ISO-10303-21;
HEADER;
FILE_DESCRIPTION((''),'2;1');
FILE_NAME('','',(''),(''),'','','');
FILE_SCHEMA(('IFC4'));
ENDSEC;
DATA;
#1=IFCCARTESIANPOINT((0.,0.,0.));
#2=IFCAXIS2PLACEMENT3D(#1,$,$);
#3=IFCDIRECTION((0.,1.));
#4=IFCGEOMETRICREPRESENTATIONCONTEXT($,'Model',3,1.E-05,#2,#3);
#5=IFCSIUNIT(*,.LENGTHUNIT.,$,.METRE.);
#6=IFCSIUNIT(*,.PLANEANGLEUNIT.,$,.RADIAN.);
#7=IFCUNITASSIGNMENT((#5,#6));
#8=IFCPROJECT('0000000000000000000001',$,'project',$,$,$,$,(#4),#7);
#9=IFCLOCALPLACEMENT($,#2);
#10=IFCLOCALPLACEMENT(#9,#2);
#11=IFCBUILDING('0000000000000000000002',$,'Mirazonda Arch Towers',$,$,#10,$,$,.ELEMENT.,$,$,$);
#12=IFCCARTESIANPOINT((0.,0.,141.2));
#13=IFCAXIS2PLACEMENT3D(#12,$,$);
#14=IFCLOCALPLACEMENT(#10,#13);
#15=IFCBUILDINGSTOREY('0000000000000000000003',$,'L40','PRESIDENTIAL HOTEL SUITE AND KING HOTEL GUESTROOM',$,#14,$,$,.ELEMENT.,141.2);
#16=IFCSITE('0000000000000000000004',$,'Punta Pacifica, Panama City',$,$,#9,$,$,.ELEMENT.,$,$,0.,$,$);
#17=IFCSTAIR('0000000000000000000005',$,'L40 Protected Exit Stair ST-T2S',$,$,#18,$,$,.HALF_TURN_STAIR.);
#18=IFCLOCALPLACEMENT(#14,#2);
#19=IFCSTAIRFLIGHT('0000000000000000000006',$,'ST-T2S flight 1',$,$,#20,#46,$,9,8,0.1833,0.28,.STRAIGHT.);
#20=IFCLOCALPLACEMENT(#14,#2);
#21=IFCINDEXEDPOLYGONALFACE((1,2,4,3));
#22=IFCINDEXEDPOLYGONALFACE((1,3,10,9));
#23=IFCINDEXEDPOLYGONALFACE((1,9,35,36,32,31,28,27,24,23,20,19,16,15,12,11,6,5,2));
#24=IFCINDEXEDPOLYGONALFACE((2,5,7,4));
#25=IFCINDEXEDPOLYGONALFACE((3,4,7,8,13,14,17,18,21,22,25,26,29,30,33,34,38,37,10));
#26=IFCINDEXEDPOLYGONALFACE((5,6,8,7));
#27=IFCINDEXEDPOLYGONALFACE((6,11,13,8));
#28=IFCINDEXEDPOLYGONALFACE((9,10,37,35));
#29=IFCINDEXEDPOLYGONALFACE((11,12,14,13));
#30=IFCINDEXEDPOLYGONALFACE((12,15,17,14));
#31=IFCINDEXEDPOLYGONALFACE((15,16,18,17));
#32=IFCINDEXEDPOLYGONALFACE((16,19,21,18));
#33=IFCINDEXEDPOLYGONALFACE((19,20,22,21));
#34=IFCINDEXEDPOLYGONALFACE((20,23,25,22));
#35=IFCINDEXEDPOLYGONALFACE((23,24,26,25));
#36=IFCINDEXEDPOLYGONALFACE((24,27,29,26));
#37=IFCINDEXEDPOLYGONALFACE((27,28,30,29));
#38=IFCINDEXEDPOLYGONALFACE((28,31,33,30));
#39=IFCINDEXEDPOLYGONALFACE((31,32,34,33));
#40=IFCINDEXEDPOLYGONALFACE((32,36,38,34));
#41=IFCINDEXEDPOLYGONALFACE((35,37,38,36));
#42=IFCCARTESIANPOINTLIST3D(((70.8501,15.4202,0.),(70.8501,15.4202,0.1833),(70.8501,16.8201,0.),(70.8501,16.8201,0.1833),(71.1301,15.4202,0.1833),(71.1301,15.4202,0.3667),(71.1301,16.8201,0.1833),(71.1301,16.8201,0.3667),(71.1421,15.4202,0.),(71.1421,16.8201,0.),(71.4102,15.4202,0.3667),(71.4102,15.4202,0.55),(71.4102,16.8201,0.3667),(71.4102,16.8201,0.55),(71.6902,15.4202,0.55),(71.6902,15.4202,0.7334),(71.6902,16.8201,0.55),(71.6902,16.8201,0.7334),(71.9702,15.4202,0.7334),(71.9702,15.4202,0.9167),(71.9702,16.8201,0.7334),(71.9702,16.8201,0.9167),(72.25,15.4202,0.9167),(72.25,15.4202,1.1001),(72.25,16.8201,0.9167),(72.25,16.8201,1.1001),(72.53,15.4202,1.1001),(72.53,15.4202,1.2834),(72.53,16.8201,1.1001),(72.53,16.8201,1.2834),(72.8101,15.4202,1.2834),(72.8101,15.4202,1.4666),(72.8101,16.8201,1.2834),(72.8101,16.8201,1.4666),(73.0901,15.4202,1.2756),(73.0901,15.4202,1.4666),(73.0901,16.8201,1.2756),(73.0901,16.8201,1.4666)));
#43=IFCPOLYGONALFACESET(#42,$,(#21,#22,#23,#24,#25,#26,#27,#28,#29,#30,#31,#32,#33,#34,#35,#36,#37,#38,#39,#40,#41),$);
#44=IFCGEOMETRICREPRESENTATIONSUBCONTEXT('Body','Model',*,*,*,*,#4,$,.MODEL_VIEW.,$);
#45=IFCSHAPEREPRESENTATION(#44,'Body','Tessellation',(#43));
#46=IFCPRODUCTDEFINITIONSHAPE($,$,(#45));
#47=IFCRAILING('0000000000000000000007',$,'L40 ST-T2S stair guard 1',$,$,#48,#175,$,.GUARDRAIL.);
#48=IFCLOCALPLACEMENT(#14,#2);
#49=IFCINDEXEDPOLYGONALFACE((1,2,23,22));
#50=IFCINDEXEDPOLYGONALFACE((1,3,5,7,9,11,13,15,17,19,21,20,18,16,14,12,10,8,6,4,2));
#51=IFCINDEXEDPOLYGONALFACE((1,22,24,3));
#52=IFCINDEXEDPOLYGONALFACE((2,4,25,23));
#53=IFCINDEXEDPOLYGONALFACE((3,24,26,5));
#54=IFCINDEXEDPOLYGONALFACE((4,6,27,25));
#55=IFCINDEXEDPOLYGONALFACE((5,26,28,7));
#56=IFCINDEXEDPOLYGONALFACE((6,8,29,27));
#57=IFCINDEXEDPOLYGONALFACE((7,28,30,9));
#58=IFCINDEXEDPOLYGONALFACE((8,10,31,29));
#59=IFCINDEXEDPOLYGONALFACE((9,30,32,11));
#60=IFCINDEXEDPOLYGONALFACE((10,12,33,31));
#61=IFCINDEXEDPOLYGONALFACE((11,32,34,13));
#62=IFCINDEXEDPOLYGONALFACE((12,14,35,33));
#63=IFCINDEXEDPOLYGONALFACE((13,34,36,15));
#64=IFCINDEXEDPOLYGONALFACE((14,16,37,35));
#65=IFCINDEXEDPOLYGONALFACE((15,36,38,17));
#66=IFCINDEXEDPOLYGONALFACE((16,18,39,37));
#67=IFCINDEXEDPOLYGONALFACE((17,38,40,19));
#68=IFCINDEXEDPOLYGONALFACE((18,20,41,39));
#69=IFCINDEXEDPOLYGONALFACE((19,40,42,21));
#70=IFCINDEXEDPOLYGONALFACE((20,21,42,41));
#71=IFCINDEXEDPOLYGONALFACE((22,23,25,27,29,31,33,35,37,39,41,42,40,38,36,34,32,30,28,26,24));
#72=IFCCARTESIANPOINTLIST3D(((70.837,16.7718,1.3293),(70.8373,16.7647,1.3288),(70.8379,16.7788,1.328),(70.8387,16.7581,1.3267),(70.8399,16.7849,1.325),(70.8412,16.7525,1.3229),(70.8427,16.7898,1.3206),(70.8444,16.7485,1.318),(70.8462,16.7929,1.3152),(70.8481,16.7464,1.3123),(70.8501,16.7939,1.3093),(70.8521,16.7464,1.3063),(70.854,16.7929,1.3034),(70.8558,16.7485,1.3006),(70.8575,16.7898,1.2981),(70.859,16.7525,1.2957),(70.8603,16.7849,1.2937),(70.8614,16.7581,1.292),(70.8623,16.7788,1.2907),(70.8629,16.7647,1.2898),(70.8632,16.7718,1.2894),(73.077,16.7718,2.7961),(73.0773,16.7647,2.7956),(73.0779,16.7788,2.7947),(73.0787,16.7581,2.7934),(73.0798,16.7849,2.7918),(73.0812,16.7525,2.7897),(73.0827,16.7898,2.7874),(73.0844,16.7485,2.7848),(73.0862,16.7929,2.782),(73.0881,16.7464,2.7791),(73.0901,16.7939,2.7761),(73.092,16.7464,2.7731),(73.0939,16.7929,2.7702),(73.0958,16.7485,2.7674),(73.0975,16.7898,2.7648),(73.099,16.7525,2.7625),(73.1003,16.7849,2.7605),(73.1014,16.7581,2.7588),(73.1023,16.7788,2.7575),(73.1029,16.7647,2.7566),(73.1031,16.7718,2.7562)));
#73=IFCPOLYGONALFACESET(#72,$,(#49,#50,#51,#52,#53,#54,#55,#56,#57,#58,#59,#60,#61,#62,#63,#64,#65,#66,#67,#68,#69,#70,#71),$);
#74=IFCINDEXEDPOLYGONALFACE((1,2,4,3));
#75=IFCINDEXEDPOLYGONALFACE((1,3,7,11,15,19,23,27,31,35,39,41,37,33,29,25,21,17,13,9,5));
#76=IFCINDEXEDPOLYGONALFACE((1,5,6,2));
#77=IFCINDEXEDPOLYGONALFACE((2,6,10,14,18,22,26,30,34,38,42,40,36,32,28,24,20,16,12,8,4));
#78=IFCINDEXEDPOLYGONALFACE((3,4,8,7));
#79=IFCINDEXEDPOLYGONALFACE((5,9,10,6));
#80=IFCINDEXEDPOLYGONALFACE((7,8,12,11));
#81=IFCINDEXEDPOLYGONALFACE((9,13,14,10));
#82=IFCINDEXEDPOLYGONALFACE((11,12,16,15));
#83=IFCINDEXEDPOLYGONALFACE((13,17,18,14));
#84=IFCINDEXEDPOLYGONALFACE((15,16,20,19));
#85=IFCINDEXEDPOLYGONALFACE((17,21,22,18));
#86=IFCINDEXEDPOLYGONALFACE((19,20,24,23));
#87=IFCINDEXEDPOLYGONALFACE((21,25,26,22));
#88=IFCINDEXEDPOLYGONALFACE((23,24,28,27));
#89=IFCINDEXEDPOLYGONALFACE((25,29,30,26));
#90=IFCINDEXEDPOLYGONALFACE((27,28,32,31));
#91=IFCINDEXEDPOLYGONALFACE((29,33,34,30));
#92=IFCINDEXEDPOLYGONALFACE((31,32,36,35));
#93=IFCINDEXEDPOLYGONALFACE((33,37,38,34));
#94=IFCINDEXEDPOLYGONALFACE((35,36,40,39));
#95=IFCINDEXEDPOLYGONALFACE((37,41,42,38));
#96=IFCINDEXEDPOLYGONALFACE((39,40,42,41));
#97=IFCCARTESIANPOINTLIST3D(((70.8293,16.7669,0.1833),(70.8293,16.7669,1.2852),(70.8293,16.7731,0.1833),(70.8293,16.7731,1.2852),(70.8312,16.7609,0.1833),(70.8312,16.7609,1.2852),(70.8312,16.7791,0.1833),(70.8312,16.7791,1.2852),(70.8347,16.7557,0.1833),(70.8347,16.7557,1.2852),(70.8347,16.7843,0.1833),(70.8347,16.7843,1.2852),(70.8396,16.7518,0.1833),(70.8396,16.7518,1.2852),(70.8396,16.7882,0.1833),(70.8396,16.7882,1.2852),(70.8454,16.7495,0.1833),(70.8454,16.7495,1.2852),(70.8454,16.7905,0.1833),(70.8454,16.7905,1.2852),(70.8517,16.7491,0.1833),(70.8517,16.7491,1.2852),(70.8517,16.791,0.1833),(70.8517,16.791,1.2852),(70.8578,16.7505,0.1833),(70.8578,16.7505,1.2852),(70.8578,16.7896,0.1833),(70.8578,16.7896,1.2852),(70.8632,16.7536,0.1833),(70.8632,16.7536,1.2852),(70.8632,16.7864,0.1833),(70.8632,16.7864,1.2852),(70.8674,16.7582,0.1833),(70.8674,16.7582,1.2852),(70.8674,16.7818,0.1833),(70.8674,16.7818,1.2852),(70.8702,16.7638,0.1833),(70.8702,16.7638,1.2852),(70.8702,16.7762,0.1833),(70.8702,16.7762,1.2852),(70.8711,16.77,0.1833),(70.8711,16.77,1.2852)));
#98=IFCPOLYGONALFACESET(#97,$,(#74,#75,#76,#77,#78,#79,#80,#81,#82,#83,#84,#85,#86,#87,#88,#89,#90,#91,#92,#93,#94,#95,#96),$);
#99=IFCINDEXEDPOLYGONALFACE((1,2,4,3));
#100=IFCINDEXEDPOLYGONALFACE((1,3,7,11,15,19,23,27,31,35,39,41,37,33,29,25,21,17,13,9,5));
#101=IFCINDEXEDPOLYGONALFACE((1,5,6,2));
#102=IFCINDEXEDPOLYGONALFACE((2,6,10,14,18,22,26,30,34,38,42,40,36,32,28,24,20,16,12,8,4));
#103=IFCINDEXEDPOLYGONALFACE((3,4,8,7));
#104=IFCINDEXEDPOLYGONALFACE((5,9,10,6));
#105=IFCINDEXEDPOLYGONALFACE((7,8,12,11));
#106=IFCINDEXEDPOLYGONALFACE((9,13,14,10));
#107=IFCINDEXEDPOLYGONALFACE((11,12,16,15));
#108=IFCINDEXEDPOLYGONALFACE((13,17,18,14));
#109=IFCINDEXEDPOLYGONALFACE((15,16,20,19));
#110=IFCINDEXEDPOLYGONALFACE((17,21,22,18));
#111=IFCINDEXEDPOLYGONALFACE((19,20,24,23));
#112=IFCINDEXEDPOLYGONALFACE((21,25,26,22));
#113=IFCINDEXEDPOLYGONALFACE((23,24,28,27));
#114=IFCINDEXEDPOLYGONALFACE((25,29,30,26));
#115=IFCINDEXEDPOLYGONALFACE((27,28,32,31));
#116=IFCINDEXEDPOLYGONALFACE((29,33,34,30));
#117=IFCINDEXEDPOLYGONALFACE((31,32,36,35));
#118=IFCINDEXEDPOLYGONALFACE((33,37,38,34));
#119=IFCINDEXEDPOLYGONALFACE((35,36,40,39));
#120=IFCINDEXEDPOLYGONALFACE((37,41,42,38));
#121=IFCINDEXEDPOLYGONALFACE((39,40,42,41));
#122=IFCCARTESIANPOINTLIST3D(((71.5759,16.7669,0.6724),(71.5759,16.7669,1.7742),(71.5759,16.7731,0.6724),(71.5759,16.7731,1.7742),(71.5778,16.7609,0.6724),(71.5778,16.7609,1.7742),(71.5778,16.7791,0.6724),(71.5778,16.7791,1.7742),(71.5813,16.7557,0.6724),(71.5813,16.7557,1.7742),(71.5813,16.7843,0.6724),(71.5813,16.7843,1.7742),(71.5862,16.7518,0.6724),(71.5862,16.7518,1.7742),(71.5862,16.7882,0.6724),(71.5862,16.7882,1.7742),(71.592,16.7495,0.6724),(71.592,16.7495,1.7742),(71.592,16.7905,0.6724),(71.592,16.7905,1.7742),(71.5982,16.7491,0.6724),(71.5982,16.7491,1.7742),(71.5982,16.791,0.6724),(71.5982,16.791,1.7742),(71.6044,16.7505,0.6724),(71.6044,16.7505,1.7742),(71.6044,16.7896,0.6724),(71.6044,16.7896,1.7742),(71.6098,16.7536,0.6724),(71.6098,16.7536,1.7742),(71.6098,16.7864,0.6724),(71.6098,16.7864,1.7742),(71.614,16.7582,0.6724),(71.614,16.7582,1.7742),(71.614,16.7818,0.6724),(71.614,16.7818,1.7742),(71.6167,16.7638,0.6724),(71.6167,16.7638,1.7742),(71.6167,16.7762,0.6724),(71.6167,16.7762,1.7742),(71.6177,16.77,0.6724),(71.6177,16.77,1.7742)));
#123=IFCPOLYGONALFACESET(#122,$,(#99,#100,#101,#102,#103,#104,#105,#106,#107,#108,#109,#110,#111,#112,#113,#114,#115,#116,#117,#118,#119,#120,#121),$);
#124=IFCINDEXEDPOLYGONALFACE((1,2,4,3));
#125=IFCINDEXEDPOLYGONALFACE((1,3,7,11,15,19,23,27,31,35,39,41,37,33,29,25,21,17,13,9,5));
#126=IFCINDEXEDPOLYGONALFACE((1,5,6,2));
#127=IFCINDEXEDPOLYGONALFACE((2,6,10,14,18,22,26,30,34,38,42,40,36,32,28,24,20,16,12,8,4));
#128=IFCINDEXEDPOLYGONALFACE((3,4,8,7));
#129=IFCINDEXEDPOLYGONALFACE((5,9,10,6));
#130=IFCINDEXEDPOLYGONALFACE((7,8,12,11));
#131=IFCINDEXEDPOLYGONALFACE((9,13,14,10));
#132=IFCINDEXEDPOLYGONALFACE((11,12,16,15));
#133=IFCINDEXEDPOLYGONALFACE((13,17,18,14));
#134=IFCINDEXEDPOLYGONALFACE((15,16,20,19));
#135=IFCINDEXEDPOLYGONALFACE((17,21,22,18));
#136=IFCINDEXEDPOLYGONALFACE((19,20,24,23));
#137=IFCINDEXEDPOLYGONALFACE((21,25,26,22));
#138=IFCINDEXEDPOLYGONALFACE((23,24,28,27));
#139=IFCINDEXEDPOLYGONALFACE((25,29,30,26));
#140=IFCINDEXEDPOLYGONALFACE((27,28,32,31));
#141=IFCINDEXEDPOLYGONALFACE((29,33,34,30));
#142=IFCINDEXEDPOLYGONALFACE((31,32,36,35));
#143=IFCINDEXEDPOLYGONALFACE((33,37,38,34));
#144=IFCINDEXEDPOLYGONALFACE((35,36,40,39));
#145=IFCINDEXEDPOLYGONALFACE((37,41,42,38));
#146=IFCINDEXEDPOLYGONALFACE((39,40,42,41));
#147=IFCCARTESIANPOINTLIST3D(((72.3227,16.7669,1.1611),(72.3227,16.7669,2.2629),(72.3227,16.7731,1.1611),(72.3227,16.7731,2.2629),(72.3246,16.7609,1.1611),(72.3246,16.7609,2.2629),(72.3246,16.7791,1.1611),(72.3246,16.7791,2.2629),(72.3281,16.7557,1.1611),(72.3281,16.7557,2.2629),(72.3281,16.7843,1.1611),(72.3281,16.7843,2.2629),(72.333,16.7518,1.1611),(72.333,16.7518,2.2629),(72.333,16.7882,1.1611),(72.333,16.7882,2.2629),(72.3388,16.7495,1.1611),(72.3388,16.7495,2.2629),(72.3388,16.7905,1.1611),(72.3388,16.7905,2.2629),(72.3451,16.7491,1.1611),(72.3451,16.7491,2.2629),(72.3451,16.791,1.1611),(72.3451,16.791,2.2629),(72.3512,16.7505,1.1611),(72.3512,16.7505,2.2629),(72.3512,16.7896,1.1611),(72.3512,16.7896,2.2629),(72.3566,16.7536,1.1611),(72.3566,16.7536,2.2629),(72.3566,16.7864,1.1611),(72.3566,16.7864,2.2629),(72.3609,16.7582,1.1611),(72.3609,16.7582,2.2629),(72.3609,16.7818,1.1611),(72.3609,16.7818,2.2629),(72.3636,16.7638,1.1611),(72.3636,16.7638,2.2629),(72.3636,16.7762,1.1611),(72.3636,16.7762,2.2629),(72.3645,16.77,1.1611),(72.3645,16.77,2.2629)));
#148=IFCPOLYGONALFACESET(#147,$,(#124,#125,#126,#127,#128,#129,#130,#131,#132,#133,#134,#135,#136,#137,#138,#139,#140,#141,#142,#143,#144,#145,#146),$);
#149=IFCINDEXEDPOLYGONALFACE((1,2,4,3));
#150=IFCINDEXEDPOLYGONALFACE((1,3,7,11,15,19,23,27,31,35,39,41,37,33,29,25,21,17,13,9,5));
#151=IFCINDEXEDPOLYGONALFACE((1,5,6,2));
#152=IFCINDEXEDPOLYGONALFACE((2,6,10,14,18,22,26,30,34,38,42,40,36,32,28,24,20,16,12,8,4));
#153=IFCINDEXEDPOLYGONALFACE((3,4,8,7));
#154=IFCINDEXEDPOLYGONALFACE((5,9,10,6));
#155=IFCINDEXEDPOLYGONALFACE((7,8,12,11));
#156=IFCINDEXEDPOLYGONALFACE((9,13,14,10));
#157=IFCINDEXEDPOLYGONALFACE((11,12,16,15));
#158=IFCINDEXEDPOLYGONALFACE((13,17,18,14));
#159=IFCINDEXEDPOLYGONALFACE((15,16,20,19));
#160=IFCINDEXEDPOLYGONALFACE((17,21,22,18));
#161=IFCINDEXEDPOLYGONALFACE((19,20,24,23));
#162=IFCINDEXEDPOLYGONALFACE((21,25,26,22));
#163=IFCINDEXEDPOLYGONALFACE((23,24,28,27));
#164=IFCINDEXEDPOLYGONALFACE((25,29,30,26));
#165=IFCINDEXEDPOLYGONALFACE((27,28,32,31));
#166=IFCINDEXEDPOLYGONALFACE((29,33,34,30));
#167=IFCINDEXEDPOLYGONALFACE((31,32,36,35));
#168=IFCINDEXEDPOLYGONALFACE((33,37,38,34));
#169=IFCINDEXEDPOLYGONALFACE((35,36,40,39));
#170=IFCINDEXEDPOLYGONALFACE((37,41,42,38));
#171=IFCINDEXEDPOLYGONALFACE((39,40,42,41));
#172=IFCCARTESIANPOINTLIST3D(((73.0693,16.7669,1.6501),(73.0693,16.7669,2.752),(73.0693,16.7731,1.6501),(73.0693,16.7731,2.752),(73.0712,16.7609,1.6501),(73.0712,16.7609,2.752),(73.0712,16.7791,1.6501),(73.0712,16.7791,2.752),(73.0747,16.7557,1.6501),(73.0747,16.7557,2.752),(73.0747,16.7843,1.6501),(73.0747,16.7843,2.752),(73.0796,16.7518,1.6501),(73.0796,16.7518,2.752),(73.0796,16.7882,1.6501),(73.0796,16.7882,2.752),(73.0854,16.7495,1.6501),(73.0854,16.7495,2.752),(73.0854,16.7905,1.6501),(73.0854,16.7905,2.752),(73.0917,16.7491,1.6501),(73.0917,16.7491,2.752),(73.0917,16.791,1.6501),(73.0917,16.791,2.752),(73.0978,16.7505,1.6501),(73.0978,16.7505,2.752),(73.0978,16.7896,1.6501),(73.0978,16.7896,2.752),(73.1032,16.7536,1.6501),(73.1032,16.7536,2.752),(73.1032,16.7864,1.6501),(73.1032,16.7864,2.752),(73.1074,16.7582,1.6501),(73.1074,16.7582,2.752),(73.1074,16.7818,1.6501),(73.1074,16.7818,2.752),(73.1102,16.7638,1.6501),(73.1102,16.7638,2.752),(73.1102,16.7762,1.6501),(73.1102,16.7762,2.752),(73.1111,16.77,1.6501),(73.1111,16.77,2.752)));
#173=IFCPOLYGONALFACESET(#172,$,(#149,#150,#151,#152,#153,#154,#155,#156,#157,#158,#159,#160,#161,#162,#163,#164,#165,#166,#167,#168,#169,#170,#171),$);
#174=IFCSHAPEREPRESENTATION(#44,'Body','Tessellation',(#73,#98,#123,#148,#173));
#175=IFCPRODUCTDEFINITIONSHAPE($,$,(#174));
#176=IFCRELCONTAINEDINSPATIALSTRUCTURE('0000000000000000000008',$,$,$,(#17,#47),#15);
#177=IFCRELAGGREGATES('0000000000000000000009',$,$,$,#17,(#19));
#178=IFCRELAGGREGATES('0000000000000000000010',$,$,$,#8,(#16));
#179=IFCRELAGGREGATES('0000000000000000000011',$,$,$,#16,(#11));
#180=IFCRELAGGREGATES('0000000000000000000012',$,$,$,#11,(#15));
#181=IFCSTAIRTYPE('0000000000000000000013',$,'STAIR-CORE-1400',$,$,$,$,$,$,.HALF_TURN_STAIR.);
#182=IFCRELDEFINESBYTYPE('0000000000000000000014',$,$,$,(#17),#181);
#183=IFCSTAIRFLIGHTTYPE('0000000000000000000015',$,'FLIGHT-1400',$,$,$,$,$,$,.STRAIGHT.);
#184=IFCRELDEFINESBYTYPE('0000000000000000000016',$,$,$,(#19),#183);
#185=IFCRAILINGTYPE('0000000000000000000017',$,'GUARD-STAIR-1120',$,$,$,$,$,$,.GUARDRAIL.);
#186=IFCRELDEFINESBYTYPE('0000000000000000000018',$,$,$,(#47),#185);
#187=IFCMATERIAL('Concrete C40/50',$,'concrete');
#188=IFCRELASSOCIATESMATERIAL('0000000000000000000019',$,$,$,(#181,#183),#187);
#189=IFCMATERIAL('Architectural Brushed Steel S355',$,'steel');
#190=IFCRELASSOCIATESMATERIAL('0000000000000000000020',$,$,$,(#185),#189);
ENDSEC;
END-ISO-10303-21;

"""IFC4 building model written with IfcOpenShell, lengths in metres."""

from ifc_helpers import new_model, si_unit, direction, frame, origin, origin_2d, place, context, subcontext, project, spatial, polyline, circle, outline, extrude, material, type_object, element, aggregate, save


model = new_model("IFC4")

# Units and contexts
model_context = context("Model", 3, precision=1e-05, world=origin(), true_north=direction((0.0, 1.0)))
body_context = subcontext(model_context, "Body", "Model", "MODEL_VIEW")
ifc_project = project(units=[si_unit("LENGTHUNIT", "METRE"), si_unit("PLANEANGLEUNIT", "RADIAN")], contexts=[model_context])

# Site, building, storey
site_placement = place(None, origin())
site = spatial("IfcSite", under=ifc_project, at=site_placement, Name="Punta Pacifica, Panama City", CompositionType="ELEMENT", RefElevation=0.0)
building_placement = place(site_placement, origin())
building = spatial("IfcBuilding", under=site, at=building_placement, Name="Mirazonda Arch Towers", CompositionType="ELEMENT")
storey_placement = place(building_placement, frame((0.0, 0.0, 141.2)))
storey = spatial("IfcBuildingStorey", under=building, at=storey_placement, Name="L40", Description="PRESIDENTIAL HOTEL SUITE AND KING HOTEL GUESTROOM", CompositionType="ELEMENT", Elevation=141.2)

# Stair, stair flight
ifc_material_1 = material(Name="Concrete C40/50", Category="concrete")
stair_type = type_object("IfcStairType", Name="STAIR-CORE-1400", PredefinedType="HALF_TURN_STAIR", material=ifc_material_1)
stair_placement = place(storey_placement, origin())
stair = element("IfcStair", 1, at=stair_placement, inside=storey, type_object=stair_type, Name="L40 Protected Exit Stair ST-T2S", PredefinedType="HALF_TURN_STAIR")
stair_flight_type = type_object("IfcStairFlightType", Name="FLIGHT-1400", PredefinedType="STRAIGHT", material=ifc_material_1)
stair_flight_placement = place(storey_placement, frame((70.8501, 16.1201, 0.0), z_axis=(0.0, 0.0, 1.0), x_axis=(1.0, 0.0, 0.0)))
stair_flight = element("IfcStairFlight", 2, at=stair_flight_placement, type_object=stair_flight_type, Name="ST-T2S flight 1", NumberOfRisers=9, NumberOfTreads=8, PredefinedType="STRAIGHT", RiserHeight=0.1833, TreadLength=0.28, context=body_context, shape_type="SweptSolid", body=[
    extrude(outline(polyline([(0.0, 0.0), (0.0, 0.1833), (0.28, 0.1833), (0.28, 0.3667), (0.5601, 0.3667), (0.5601, 0.55), (0.8401, 0.55), (0.8401, 0.7334), (1.1201, 0.7334), (1.1201, 0.9167), (1.3999, 0.9167), (1.3999, 1.1001), (1.6799, 1.1001), (1.6799, 1.2834), (1.96, 1.2834), (1.96, 1.4666), (2.24, 1.4666), (2.24, 1.6499), (2.24, 1.2756), (0.292, 0.0), (0.0, 0.0)])), frame((0.0, 0.7, 0.0), z_axis=(0.0, -1.0, 0.0), x_axis=(1.0, 0.0, 0.0)), (0.0, 0.0, 1.0), 1.3999),
])
aggregate(stair, [stair_flight])

# Railing
ifc_material_2 = material(Name="Architectural Brushed Steel S355", Category="steel")
railing_type_1 = type_object("IfcRailingType", Name="GUARD-STAIR-1120", PredefinedType="GUARDRAIL", material=ifc_material_2)
railing_1_placement = place(storey_placement, frame((70.8501, 16.77, 0.1833)))
element("IfcRailing", 3, at=railing_1_placement, inside=storey, type_object=railing_type_1, Name="L40 ST-T2S stair guard 1", PredefinedType="GUARDRAIL", context=body_context, shape_type="SweptSolid", body=[
    extrude(circle(Radius=0.0239, at=origin_2d()), frame((0.0, 0.0, 1.126), z_axis=(0.836595, 0.0, 0.547822), x_axis=(0.0, 1.0, 0.0)), (0.0, 0.0, 1.0), 2.6775),
    extrude(circle(Radius=0.021, at=origin_2d()), origin(), (0.0, 0.0, 1.0), 1.1018),
    extrude(circle(Radius=0.021, at=origin_2d()), frame((0.7466, 0.0, 0.489)), (0.0, 0.0, 1.0), 1.1018),
    extrude(circle(Radius=0.021, at=origin_2d()), frame((1.4934, 0.0, 0.9778)), (0.0, 0.0, 1.0), 1.1018),
    extrude(circle(Radius=0.021, at=origin_2d()), frame((2.24, 0.0, 1.4668)), (0.0, 0.0, 1.0), 1.1018),
])

save(model, "model.ifc")
